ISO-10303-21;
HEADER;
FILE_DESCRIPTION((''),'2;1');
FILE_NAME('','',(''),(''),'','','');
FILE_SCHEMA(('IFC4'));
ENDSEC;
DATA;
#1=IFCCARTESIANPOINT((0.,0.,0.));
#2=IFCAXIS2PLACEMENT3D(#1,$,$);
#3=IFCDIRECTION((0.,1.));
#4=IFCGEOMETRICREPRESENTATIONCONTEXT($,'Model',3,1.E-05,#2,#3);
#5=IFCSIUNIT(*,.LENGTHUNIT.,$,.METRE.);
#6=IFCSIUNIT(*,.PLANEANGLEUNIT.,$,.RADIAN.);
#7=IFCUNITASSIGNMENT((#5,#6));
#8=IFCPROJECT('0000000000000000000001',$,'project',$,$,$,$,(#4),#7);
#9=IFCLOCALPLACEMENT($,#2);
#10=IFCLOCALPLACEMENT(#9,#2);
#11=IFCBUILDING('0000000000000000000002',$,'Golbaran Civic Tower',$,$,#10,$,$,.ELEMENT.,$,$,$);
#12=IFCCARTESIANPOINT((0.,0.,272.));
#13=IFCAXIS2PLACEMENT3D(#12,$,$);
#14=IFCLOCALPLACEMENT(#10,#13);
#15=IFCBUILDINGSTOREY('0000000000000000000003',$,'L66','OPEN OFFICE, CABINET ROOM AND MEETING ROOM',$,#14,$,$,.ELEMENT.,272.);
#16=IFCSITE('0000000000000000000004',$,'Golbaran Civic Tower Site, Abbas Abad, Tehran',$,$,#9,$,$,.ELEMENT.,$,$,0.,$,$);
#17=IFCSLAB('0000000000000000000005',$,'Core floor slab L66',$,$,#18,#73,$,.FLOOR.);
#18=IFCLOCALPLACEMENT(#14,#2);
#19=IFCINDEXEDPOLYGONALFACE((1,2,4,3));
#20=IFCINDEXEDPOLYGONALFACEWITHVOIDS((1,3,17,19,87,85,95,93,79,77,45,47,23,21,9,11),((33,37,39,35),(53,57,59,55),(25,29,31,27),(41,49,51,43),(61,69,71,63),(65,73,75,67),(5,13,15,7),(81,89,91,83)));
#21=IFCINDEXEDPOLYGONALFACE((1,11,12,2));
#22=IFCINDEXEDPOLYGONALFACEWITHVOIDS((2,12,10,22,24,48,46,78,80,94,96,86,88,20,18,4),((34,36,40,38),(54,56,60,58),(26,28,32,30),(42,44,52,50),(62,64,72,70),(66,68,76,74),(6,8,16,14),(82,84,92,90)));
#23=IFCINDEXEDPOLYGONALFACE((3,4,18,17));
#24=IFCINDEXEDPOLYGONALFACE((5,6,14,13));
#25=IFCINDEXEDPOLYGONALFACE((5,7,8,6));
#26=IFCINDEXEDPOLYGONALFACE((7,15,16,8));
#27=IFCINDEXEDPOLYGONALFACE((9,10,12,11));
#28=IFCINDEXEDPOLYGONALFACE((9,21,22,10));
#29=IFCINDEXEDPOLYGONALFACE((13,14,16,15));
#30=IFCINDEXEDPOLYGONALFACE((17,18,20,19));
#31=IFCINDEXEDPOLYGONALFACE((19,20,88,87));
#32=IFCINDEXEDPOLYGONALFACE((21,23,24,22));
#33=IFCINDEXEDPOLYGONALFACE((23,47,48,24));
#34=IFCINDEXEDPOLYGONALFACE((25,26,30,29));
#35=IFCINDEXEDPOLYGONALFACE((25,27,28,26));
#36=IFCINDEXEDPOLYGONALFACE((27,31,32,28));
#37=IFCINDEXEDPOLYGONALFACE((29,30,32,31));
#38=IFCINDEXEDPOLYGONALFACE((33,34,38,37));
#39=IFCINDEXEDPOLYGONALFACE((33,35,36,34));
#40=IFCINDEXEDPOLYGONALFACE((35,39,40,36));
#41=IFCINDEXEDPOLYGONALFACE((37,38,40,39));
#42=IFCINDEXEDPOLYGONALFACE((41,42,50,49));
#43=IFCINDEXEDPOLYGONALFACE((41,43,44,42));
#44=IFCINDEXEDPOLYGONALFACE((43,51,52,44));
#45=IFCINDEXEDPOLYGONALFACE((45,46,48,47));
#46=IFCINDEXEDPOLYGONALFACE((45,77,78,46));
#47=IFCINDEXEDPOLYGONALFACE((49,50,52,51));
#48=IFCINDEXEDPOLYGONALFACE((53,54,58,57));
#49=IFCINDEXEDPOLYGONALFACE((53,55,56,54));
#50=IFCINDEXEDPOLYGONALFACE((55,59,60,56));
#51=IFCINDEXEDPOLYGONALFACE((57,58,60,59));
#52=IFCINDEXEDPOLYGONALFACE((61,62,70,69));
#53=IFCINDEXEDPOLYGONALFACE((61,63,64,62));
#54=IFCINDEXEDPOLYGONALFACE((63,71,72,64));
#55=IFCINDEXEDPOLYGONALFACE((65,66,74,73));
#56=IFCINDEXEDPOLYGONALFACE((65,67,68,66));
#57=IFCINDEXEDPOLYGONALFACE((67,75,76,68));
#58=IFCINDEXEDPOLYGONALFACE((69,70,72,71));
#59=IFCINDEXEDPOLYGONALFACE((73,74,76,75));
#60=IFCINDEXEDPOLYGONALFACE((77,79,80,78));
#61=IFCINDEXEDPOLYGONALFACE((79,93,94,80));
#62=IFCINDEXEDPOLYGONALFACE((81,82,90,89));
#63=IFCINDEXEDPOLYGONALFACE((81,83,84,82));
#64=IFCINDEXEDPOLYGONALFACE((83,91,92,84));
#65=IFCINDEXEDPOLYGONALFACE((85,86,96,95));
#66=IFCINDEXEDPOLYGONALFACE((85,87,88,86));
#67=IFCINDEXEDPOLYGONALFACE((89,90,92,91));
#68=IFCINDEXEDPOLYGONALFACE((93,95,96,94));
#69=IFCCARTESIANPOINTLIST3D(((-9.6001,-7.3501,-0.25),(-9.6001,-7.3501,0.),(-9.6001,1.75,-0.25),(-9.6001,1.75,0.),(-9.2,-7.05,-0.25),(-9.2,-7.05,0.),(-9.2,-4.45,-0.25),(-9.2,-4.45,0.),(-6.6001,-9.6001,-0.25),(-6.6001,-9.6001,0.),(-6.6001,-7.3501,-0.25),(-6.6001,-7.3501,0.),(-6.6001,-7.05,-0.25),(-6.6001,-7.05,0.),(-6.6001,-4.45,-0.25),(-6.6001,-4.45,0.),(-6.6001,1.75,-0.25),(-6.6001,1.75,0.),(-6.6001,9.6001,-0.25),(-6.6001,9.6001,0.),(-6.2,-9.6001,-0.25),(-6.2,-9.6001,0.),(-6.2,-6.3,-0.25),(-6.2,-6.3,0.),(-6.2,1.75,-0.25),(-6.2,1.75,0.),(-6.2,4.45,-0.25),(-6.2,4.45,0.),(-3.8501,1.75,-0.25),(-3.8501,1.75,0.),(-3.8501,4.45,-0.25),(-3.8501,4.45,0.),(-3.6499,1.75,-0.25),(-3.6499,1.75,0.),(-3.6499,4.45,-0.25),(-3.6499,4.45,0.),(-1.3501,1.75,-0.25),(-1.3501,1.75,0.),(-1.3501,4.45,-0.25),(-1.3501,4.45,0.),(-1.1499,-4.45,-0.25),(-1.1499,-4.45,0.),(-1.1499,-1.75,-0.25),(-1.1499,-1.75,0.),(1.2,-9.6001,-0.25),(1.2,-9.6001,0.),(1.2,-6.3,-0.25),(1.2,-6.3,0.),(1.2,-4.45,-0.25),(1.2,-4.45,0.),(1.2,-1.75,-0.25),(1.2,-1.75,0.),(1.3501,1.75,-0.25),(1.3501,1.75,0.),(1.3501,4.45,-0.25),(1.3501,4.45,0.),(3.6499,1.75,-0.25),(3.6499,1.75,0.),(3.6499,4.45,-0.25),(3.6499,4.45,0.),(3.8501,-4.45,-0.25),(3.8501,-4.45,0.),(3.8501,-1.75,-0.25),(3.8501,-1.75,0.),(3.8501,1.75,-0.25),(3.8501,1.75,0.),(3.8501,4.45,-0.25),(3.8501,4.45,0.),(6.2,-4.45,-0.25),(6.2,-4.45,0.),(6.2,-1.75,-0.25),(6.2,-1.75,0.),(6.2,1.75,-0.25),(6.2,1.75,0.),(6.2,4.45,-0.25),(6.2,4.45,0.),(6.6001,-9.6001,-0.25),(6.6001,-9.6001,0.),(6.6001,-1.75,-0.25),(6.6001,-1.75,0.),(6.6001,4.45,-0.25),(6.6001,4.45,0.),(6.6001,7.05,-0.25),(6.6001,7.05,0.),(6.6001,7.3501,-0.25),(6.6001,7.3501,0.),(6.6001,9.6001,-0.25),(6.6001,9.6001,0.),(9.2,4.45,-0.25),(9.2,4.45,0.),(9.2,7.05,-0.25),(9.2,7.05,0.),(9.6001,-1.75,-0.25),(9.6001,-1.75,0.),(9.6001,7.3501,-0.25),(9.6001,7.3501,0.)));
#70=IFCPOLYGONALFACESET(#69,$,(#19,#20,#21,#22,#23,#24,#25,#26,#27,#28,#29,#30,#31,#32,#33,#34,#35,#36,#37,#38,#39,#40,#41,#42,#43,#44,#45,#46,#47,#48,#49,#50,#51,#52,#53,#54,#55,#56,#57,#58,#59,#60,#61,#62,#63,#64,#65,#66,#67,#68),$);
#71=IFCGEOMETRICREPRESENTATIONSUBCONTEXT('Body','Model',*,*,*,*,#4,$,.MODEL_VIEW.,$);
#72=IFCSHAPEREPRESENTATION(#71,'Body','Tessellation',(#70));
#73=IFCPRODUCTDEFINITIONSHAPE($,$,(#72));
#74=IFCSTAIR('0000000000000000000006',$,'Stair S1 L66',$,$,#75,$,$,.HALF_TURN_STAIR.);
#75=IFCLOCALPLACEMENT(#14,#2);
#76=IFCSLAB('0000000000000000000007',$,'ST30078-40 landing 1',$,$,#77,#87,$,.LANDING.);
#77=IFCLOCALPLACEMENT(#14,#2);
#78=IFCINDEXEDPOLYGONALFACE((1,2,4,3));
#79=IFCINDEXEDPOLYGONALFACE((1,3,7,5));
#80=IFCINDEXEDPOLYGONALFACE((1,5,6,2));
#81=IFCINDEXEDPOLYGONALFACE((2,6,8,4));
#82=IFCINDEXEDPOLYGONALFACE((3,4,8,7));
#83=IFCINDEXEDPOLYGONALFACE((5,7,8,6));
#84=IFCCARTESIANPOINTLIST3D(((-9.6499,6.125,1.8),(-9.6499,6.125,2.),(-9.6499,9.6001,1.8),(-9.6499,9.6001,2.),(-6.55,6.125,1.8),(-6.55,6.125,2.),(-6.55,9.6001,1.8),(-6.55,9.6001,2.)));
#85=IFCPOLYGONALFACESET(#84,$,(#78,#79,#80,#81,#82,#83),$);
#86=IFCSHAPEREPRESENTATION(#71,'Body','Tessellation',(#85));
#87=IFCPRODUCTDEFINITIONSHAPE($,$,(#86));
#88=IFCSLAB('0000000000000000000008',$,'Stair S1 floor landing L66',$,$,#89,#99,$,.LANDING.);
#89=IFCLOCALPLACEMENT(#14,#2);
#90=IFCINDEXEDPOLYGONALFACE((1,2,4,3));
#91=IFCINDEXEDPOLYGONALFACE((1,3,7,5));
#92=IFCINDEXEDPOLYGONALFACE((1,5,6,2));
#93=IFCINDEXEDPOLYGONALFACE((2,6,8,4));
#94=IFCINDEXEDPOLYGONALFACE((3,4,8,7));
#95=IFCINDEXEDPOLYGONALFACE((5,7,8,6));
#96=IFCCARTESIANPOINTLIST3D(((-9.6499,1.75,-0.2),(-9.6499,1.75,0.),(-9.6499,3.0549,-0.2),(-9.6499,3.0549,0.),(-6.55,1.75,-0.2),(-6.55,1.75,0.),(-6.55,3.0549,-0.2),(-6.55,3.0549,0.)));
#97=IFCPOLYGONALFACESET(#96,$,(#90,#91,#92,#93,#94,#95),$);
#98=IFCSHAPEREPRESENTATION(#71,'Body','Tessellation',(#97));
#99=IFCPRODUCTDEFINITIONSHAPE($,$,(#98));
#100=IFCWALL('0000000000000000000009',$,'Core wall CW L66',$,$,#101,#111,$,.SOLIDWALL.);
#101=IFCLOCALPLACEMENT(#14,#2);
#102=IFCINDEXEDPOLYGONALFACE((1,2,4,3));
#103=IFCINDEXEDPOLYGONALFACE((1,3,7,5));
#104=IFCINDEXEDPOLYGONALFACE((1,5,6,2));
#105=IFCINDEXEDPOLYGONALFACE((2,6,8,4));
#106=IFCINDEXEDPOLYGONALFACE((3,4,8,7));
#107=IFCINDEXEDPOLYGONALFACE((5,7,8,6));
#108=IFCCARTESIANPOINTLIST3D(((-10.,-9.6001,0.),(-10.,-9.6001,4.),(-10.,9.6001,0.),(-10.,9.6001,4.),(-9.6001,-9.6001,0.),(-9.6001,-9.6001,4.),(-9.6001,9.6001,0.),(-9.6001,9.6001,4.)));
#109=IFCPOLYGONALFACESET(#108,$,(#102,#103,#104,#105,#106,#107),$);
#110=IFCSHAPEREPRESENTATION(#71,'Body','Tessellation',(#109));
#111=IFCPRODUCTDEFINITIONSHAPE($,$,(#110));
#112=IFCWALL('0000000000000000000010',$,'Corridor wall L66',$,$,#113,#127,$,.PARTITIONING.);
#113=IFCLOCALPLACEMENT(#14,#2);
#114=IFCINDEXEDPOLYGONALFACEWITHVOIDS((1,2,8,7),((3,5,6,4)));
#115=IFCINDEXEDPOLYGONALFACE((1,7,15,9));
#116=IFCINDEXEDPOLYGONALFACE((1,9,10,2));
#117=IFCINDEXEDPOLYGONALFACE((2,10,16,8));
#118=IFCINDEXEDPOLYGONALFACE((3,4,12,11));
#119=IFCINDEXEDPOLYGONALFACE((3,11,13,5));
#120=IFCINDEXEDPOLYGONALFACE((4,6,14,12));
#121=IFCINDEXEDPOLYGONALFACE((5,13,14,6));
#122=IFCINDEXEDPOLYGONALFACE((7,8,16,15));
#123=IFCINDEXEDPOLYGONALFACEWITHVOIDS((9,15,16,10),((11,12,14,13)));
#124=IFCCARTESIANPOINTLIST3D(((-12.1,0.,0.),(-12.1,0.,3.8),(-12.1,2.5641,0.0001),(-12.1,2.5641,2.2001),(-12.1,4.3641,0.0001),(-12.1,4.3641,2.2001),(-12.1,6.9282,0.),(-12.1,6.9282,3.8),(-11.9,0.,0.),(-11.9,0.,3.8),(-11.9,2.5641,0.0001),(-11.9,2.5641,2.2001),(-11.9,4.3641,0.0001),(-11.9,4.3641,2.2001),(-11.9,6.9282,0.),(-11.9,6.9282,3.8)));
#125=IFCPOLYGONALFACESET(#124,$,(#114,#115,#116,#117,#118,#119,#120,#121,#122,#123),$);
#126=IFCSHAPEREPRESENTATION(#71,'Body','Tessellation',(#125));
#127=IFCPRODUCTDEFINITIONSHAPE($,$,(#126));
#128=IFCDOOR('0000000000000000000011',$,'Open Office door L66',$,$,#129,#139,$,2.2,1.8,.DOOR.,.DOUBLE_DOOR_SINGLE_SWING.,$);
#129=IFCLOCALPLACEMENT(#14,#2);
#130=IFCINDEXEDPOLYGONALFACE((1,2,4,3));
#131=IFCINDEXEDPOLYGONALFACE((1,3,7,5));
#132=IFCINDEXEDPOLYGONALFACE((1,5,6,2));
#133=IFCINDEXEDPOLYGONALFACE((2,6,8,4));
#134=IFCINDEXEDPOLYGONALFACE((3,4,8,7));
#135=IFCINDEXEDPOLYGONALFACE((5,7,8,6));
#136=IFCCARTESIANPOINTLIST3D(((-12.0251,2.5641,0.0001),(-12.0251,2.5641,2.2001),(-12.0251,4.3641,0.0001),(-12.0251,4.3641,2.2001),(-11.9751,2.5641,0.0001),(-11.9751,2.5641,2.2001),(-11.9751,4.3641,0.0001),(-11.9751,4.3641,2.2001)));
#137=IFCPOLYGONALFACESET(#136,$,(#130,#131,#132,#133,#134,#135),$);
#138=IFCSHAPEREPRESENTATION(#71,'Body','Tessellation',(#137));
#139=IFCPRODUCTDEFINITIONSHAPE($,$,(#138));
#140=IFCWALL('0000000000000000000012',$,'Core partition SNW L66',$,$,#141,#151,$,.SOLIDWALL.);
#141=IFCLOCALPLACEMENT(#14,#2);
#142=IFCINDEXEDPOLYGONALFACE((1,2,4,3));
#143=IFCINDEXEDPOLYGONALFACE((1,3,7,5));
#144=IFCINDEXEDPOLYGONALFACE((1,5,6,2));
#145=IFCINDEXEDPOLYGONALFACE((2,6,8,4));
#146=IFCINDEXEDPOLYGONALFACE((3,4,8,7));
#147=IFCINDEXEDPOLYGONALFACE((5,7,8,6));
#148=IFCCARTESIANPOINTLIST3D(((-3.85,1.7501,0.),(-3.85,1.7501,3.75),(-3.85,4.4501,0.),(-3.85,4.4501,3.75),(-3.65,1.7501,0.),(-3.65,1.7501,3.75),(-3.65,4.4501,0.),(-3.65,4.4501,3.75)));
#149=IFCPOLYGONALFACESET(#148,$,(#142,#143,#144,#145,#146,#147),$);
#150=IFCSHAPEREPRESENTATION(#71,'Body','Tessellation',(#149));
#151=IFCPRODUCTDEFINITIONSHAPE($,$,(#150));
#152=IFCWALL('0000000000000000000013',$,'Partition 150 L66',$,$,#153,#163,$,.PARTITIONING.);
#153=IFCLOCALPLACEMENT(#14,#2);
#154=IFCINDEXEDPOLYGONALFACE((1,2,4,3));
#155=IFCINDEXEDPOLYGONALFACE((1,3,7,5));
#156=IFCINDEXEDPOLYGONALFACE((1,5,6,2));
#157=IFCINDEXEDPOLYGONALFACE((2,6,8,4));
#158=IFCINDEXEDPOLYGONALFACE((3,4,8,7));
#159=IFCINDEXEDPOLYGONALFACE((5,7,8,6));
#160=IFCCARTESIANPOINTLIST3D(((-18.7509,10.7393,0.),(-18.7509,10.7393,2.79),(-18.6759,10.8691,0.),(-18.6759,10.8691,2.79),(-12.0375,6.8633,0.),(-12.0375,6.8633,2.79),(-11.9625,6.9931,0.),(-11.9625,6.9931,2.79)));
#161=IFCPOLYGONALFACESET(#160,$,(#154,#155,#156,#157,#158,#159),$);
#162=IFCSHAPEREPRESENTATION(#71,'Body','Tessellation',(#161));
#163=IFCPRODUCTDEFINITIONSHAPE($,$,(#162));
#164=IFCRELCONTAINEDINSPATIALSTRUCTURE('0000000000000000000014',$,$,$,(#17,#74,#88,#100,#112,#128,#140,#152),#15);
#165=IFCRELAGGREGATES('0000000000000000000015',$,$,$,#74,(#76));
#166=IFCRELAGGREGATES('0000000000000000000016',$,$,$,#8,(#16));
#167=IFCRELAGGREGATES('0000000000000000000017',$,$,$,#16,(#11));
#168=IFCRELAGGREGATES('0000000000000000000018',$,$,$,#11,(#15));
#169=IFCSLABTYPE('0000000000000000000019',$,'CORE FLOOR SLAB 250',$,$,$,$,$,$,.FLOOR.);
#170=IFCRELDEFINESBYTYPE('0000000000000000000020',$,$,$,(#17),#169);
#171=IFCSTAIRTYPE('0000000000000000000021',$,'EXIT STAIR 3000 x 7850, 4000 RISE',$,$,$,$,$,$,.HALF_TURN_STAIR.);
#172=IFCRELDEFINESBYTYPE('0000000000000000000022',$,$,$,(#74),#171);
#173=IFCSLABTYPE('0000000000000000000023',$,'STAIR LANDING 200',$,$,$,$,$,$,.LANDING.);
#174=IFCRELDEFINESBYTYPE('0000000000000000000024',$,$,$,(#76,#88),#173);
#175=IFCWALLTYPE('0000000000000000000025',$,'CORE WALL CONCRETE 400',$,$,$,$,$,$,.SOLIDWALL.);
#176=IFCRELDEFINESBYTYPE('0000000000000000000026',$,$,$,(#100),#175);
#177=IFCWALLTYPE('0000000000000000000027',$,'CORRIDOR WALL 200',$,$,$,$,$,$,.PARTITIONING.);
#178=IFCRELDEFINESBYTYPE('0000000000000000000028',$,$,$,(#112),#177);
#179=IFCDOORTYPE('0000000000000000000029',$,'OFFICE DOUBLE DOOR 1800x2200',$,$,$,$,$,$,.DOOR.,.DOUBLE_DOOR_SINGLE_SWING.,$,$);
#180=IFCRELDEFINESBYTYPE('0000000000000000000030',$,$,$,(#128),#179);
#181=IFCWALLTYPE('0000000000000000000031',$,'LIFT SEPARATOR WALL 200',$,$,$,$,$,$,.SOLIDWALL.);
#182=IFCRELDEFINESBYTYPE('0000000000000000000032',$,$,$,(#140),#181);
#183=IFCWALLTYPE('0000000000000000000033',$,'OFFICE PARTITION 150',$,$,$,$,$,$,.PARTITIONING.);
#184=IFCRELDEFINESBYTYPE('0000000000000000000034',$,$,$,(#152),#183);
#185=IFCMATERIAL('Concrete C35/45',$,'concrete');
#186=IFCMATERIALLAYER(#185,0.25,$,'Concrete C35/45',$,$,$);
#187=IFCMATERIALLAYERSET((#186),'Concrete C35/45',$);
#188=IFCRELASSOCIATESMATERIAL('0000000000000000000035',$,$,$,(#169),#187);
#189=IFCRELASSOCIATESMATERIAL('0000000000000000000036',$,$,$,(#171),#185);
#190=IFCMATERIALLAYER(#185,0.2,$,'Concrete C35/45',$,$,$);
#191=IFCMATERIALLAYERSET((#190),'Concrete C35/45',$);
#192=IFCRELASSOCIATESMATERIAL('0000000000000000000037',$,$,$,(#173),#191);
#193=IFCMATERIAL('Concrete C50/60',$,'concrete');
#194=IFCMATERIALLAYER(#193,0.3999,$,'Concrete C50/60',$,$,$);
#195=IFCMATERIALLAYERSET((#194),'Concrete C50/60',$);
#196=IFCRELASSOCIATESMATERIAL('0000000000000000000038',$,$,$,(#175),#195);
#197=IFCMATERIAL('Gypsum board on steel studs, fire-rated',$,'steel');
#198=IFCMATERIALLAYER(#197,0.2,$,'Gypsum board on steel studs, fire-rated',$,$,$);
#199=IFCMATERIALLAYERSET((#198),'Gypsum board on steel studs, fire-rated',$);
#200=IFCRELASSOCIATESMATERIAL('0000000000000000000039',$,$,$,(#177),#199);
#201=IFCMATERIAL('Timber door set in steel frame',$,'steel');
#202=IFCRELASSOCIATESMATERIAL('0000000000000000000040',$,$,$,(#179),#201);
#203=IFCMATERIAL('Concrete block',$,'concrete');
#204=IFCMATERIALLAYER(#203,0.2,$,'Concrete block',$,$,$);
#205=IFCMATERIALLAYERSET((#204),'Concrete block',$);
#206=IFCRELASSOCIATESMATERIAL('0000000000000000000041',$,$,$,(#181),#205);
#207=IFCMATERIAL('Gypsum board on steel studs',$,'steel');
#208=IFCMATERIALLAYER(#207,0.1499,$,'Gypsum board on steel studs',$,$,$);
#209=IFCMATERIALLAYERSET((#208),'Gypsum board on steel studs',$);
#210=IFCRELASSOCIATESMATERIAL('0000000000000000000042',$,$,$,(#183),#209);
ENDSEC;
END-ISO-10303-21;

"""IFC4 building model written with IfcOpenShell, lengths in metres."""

from ifc_helpers import new_model, si_unit, direction, frame, frame_2d, origin, place, context, subcontext, project, spatial, polyline, rectangle, outline, extrude, material, layer, layer_set, type_object, element, fill, aggregate, save


model = new_model("IFC4")

# Units and contexts
model_context = context("Model", 3, precision=1e-05, world=origin(), true_north=direction((0.0, 1.0)))
body_context = subcontext(model_context, "Body", "Model", "MODEL_VIEW")
ifc_project = project(units=[si_unit("LENGTHUNIT", "METRE"), si_unit("PLANEANGLEUNIT", "RADIAN")], contexts=[model_context])

# Site, building, storey
site_placement = place(None, origin())
site = spatial("IfcSite", under=ifc_project, at=site_placement, Name="Golbaran Civic Tower Site, Abbas Abad, Tehran", CompositionType="ELEMENT", RefElevation=0.0)
building_placement = place(site_placement, origin())
building = spatial("IfcBuilding", under=site, at=building_placement, Name="Golbaran Civic Tower", CompositionType="ELEMENT")
storey_placement = place(building_placement, frame((0.0, 0.0, 272.0)))
storey = spatial("IfcBuildingStorey", under=building, at=storey_placement, Name="L66", Description="OPEN OFFICE, CABINET ROOM AND MEETING ROOM", CompositionType="ELEMENT", Elevation=272.0)

# Slab
ifc_material_1 = material(Name="Concrete C35/45", Category="concrete")
ifc_layer_1 = layer(ifc_material_1, 0.25, Name="Concrete C35/45")
ifc_layer_set_1 = layer_set([ifc_layer_1], Name="Concrete C35/45")
slab_type_1 = type_object("IfcSlabType", Name="CORE FLOOR SLAB 250", PredefinedType="FLOOR", material=ifc_layer_set_1)
slab_1_placement = place(storey_placement, frame((0.0, 0.0, -0.25)))
element("IfcSlab", 1, at=slab_1_placement, inside=storey, type_object=slab_type_1, Name="Core floor slab L66", PredefinedType="FLOOR", context=body_context, shape_type="SweptSolid", body=[
    extrude(outline(polyline([(6.6001, -1.75), (6.6001, -9.6001), (1.2, -9.6001), (1.2, -6.3), (-6.2, -6.3), (-6.2, -9.6001), (-6.6001, -9.6001), (-6.6001, -7.3501), (-9.6001, -7.3501), (-9.6001, 1.75), (-6.6001, 1.75), (-6.6001, 9.6001), (6.6001, 9.6001), (6.6001, 7.3501), (9.6001, 7.3501), (9.6001, -1.75), (6.6001, -1.75)]), holes=[polyline([(9.2, 7.05), (6.6001, 7.05), (6.6001, 4.45), (9.2, 4.45), (9.2, 7.05)]), polyline([(6.2, -1.75), (3.8501, -1.75), (3.8501, -4.45), (6.2, -4.45), (6.2, -1.75)]), polyline([(6.2, 4.45), (3.8501, 4.45), (3.8501, 1.75), (6.2, 1.75), (6.2, 4.45)]), polyline([(3.6499, 4.45), (1.3501, 4.45), (1.3501, 1.75), (3.6499, 1.75), (3.6499, 4.45)]), polyline([(-1.1499, -1.75), (-1.1499, -4.45), (1.2, -4.45), (1.2, -1.75), (-1.1499, -1.75)]), polyline([(-1.3501, 4.45), (-3.6499, 4.45), (-3.6499, 1.75), (-1.3501, 1.75), (-1.3501, 4.45)]), polyline([(-3.8501, 4.45), (-6.2, 4.45), (-6.2, 1.75), (-3.8501, 1.75), (-3.8501, 4.45)]), polyline([(-6.6001, -4.45), (-9.2, -4.45), (-9.2, -7.05), (-6.6001, -7.05), (-6.6001, -4.45)])]), origin(), (0.0, 0.0, 1.0), 0.25),
])

# Stair, slab
stair_type = type_object("IfcStairType", Name="EXIT STAIR 3000 x 7850, 4000 RISE", PredefinedType="HALF_TURN_STAIR", material=ifc_material_1)
stair_placement = place(storey_placement, origin())
stair = element("IfcStair", 2, at=stair_placement, inside=storey, type_object=stair_type, Name="Stair S1 L66", PredefinedType="HALF_TURN_STAIR")
ifc_layer_2 = layer(ifc_material_1, 0.2, Name="Concrete C35/45")
ifc_layer_set_2 = layer_set([ifc_layer_2], Name="Concrete C35/45")
slab_type_2 = type_object("IfcSlabType", Name="STAIR LANDING 200", PredefinedType="LANDING", material=ifc_layer_set_2)
slab_2_placement = place(storey_placement, frame((0.0, 0.0, 1.8)))
slab_2 = element("IfcSlab", 3, at=slab_2_placement, type_object=slab_type_2, Name="ST30078-40 landing 1", PredefinedType="LANDING", context=body_context, shape_type="SweptSolid", body=[
    extrude(outline(polyline([(-9.6499, 6.125), (-9.6499, 9.6001), (-6.55, 9.6001), (-6.55, 6.125), (-9.6499, 6.125)])), origin(), (0.0, 0.0, 1.0), 0.2),
])

# Slab
slab_3_placement = place(storey_placement, frame((0.0, 0.0, -0.2)))
element("IfcSlab", 4, at=slab_3_placement, inside=storey, type_object=slab_type_2, Name="Stair S1 floor landing L66", PredefinedType="LANDING", context=body_context, shape_type="SweptSolid", body=[
    extrude(outline(polyline([(-9.6499, 1.75), (-9.6499, 3.0549), (-6.55, 3.0549), (-6.55, 1.75), (-9.6499, 1.75)])), origin(), (0.0, 0.0, 1.0), 0.2),
])

# Wall
ifc_material_2 = material(Name="Concrete C50/60", Category="concrete")
ifc_layer_3 = layer(ifc_material_2, 0.3999, Name="Concrete C50/60")
ifc_layer_set_3 = layer_set([ifc_layer_3], Name="Concrete C50/60")
wall_type_1 = type_object("IfcWallType", Name="CORE WALL CONCRETE 400", PredefinedType="SOLIDWALL", material=ifc_layer_set_3)
wall_1_placement = place(storey_placement, frame((-9.8, 9.6001, 0.0), z_axis=(0.0, 0.0, 1.0), x_axis=(0.0, -1.0, 0.0)))
element("IfcWall", 5, at=wall_1_placement, inside=storey, type_object=wall_type_1, Name="Core wall CW L66", PredefinedType="SOLIDWALL", context=body_context, shape_type="SweptSolid", body=[
    extrude(rectangle(XDim=19.2002, YDim=0.3999, at=frame_2d((9.6001, 0.0))), origin(), (0.0, 0.0, 1.0), 4.0),
])

# Wall, opening, door
ifc_material_3 = material(Name="Gypsum board on steel studs, fire-rated", Category="steel")
ifc_layer_4 = layer(ifc_material_3, 0.2, Name="Gypsum board on steel studs, fire-rated")
ifc_layer_set_4 = layer_set([ifc_layer_4], Name="Gypsum board on steel studs, fire-rated")
wall_type_2 = type_object("IfcWallType", Name="CORRIDOR WALL 200", PredefinedType="PARTITIONING", material=ifc_layer_set_4)
wall_2_placement = place(storey_placement, frame((-12.0, 6.9282, 0.0), z_axis=(0.0, 0.0, 1.0), x_axis=(0.0, -1.0, 0.0)))
wall_2 = element("IfcWall", 6, at=wall_2_placement, inside=storey, type_object=wall_type_2, Name="Corridor wall L66", PredefinedType="PARTITIONING", context=body_context, shape_type="SweptSolid", body=[
    extrude(rectangle(XDim=6.9282, YDim=0.2, at=frame_2d((3.4641, 0.0))), origin(), (0.0, 0.0, 1.0), 3.8),
])
opening_1_placement = place(wall_2_placement, frame((2.5642, 0.0, 0.0)))
opening_1 = element("IfcOpeningElement", 7, at=opening_1_placement, cuts=wall_2, PredefinedType="OPENING", context=body_context, shape_type="SweptSolid", body=[
    extrude(rectangle(XDim=1.8, YDim=2.2, at=frame_2d((0.8999, 1.1001))), frame((0.0, 0.1099, 0.0), z_axis=(0.0, -1.0, 0.0), x_axis=(1.0, 0.0, 0.0)), (0.0, 0.0, 1.0), 0.22),
])
ifc_material_4 = material(Name="Timber door set in steel frame", Category="steel")
door_type_1 = type_object("IfcDoorType", Name="OFFICE DOUBLE DOOR 1800x2200", OperationType="DOUBLE_DOOR_SINGLE_SWING", PredefinedType="DOOR", material=ifc_material_4)
door_1_placement = place(opening_1_placement, origin())
door_1 = element("IfcDoor", 8, at=door_1_placement, inside=storey, type_object=door_type_1, Name="Open Office door L66", OperationType="DOUBLE_DOOR_SINGLE_SWING", OverallHeight=2.2, OverallWidth=1.8, PredefinedType="DOOR", context=body_context, shape_type="SweptSolid", body=[
    extrude(rectangle(XDim=1.8, YDim=2.2, at=frame_2d((0.8999, 1.1001))), frame((0.0, 0.0249, 0.0), z_axis=(0.0, -1.0, 0.0), x_axis=(1.0, 0.0, 0.0)), (0.0, 0.0, 1.0), 0.05),
])
fill(opening_1, door_1)

# Walls
ifc_material_5 = material(Name="Concrete block", Category="concrete")
ifc_layer_5 = layer(ifc_material_5, 0.2, Name="Concrete block")
ifc_layer_set_5 = layer_set([ifc_layer_5], Name="Concrete block")
wall_type_3 = type_object("IfcWallType", Name="LIFT SEPARATOR WALL 200", PredefinedType="SOLIDWALL", material=ifc_layer_set_5)
wall_3_placement = place(storey_placement, frame((-3.75, 1.75, 0.0), z_axis=(0.0, 0.0, 1.0), x_axis=(0.0, 1.0, 0.0)))
element("IfcWall", 9, at=wall_3_placement, inside=storey, type_object=wall_type_3, Name="Core partition SNW L66", PredefinedType="SOLIDWALL", context=body_context, shape_type="SweptSolid", body=[
    extrude(rectangle(XDim=2.7, YDim=0.2, at=frame_2d((1.3501, 0.0))), origin(), (0.0, 0.0, 1.0), 3.75),
])
ifc_material_6 = material(Name="Gypsum board on steel studs", Category="steel")
ifc_layer_6 = layer(ifc_material_6, 0.1499, Name="Gypsum board on steel studs")
ifc_layer_set_6 = layer_set([ifc_layer_6], Name="Gypsum board on steel studs")
wall_type_4 = type_object("IfcWallType", Name="OFFICE PARTITION 150", PredefinedType="PARTITIONING", material=ifc_layer_set_6)
wall_4_placement = place(storey_placement, frame((-12.0, 6.9282, 0.0), z_axis=(0.0, 0.0, 1.0), x_axis=(-0.866025, 0.500001, 0.0)))
element("IfcWall", 10, at=wall_4_placement, inside=storey, type_object=wall_type_4, Name="Partition 150 L66", PredefinedType="PARTITIONING", context=body_context, shape_type="SweptSolid", body=[
    extrude(rectangle(XDim=7.752, YDim=0.1499, at=frame_2d((3.876, 0.0))), origin(), (0.0, 0.0, 1.0), 2.79),
])

aggregate(stair, [slab_2])

save(model, "model.ifc")
